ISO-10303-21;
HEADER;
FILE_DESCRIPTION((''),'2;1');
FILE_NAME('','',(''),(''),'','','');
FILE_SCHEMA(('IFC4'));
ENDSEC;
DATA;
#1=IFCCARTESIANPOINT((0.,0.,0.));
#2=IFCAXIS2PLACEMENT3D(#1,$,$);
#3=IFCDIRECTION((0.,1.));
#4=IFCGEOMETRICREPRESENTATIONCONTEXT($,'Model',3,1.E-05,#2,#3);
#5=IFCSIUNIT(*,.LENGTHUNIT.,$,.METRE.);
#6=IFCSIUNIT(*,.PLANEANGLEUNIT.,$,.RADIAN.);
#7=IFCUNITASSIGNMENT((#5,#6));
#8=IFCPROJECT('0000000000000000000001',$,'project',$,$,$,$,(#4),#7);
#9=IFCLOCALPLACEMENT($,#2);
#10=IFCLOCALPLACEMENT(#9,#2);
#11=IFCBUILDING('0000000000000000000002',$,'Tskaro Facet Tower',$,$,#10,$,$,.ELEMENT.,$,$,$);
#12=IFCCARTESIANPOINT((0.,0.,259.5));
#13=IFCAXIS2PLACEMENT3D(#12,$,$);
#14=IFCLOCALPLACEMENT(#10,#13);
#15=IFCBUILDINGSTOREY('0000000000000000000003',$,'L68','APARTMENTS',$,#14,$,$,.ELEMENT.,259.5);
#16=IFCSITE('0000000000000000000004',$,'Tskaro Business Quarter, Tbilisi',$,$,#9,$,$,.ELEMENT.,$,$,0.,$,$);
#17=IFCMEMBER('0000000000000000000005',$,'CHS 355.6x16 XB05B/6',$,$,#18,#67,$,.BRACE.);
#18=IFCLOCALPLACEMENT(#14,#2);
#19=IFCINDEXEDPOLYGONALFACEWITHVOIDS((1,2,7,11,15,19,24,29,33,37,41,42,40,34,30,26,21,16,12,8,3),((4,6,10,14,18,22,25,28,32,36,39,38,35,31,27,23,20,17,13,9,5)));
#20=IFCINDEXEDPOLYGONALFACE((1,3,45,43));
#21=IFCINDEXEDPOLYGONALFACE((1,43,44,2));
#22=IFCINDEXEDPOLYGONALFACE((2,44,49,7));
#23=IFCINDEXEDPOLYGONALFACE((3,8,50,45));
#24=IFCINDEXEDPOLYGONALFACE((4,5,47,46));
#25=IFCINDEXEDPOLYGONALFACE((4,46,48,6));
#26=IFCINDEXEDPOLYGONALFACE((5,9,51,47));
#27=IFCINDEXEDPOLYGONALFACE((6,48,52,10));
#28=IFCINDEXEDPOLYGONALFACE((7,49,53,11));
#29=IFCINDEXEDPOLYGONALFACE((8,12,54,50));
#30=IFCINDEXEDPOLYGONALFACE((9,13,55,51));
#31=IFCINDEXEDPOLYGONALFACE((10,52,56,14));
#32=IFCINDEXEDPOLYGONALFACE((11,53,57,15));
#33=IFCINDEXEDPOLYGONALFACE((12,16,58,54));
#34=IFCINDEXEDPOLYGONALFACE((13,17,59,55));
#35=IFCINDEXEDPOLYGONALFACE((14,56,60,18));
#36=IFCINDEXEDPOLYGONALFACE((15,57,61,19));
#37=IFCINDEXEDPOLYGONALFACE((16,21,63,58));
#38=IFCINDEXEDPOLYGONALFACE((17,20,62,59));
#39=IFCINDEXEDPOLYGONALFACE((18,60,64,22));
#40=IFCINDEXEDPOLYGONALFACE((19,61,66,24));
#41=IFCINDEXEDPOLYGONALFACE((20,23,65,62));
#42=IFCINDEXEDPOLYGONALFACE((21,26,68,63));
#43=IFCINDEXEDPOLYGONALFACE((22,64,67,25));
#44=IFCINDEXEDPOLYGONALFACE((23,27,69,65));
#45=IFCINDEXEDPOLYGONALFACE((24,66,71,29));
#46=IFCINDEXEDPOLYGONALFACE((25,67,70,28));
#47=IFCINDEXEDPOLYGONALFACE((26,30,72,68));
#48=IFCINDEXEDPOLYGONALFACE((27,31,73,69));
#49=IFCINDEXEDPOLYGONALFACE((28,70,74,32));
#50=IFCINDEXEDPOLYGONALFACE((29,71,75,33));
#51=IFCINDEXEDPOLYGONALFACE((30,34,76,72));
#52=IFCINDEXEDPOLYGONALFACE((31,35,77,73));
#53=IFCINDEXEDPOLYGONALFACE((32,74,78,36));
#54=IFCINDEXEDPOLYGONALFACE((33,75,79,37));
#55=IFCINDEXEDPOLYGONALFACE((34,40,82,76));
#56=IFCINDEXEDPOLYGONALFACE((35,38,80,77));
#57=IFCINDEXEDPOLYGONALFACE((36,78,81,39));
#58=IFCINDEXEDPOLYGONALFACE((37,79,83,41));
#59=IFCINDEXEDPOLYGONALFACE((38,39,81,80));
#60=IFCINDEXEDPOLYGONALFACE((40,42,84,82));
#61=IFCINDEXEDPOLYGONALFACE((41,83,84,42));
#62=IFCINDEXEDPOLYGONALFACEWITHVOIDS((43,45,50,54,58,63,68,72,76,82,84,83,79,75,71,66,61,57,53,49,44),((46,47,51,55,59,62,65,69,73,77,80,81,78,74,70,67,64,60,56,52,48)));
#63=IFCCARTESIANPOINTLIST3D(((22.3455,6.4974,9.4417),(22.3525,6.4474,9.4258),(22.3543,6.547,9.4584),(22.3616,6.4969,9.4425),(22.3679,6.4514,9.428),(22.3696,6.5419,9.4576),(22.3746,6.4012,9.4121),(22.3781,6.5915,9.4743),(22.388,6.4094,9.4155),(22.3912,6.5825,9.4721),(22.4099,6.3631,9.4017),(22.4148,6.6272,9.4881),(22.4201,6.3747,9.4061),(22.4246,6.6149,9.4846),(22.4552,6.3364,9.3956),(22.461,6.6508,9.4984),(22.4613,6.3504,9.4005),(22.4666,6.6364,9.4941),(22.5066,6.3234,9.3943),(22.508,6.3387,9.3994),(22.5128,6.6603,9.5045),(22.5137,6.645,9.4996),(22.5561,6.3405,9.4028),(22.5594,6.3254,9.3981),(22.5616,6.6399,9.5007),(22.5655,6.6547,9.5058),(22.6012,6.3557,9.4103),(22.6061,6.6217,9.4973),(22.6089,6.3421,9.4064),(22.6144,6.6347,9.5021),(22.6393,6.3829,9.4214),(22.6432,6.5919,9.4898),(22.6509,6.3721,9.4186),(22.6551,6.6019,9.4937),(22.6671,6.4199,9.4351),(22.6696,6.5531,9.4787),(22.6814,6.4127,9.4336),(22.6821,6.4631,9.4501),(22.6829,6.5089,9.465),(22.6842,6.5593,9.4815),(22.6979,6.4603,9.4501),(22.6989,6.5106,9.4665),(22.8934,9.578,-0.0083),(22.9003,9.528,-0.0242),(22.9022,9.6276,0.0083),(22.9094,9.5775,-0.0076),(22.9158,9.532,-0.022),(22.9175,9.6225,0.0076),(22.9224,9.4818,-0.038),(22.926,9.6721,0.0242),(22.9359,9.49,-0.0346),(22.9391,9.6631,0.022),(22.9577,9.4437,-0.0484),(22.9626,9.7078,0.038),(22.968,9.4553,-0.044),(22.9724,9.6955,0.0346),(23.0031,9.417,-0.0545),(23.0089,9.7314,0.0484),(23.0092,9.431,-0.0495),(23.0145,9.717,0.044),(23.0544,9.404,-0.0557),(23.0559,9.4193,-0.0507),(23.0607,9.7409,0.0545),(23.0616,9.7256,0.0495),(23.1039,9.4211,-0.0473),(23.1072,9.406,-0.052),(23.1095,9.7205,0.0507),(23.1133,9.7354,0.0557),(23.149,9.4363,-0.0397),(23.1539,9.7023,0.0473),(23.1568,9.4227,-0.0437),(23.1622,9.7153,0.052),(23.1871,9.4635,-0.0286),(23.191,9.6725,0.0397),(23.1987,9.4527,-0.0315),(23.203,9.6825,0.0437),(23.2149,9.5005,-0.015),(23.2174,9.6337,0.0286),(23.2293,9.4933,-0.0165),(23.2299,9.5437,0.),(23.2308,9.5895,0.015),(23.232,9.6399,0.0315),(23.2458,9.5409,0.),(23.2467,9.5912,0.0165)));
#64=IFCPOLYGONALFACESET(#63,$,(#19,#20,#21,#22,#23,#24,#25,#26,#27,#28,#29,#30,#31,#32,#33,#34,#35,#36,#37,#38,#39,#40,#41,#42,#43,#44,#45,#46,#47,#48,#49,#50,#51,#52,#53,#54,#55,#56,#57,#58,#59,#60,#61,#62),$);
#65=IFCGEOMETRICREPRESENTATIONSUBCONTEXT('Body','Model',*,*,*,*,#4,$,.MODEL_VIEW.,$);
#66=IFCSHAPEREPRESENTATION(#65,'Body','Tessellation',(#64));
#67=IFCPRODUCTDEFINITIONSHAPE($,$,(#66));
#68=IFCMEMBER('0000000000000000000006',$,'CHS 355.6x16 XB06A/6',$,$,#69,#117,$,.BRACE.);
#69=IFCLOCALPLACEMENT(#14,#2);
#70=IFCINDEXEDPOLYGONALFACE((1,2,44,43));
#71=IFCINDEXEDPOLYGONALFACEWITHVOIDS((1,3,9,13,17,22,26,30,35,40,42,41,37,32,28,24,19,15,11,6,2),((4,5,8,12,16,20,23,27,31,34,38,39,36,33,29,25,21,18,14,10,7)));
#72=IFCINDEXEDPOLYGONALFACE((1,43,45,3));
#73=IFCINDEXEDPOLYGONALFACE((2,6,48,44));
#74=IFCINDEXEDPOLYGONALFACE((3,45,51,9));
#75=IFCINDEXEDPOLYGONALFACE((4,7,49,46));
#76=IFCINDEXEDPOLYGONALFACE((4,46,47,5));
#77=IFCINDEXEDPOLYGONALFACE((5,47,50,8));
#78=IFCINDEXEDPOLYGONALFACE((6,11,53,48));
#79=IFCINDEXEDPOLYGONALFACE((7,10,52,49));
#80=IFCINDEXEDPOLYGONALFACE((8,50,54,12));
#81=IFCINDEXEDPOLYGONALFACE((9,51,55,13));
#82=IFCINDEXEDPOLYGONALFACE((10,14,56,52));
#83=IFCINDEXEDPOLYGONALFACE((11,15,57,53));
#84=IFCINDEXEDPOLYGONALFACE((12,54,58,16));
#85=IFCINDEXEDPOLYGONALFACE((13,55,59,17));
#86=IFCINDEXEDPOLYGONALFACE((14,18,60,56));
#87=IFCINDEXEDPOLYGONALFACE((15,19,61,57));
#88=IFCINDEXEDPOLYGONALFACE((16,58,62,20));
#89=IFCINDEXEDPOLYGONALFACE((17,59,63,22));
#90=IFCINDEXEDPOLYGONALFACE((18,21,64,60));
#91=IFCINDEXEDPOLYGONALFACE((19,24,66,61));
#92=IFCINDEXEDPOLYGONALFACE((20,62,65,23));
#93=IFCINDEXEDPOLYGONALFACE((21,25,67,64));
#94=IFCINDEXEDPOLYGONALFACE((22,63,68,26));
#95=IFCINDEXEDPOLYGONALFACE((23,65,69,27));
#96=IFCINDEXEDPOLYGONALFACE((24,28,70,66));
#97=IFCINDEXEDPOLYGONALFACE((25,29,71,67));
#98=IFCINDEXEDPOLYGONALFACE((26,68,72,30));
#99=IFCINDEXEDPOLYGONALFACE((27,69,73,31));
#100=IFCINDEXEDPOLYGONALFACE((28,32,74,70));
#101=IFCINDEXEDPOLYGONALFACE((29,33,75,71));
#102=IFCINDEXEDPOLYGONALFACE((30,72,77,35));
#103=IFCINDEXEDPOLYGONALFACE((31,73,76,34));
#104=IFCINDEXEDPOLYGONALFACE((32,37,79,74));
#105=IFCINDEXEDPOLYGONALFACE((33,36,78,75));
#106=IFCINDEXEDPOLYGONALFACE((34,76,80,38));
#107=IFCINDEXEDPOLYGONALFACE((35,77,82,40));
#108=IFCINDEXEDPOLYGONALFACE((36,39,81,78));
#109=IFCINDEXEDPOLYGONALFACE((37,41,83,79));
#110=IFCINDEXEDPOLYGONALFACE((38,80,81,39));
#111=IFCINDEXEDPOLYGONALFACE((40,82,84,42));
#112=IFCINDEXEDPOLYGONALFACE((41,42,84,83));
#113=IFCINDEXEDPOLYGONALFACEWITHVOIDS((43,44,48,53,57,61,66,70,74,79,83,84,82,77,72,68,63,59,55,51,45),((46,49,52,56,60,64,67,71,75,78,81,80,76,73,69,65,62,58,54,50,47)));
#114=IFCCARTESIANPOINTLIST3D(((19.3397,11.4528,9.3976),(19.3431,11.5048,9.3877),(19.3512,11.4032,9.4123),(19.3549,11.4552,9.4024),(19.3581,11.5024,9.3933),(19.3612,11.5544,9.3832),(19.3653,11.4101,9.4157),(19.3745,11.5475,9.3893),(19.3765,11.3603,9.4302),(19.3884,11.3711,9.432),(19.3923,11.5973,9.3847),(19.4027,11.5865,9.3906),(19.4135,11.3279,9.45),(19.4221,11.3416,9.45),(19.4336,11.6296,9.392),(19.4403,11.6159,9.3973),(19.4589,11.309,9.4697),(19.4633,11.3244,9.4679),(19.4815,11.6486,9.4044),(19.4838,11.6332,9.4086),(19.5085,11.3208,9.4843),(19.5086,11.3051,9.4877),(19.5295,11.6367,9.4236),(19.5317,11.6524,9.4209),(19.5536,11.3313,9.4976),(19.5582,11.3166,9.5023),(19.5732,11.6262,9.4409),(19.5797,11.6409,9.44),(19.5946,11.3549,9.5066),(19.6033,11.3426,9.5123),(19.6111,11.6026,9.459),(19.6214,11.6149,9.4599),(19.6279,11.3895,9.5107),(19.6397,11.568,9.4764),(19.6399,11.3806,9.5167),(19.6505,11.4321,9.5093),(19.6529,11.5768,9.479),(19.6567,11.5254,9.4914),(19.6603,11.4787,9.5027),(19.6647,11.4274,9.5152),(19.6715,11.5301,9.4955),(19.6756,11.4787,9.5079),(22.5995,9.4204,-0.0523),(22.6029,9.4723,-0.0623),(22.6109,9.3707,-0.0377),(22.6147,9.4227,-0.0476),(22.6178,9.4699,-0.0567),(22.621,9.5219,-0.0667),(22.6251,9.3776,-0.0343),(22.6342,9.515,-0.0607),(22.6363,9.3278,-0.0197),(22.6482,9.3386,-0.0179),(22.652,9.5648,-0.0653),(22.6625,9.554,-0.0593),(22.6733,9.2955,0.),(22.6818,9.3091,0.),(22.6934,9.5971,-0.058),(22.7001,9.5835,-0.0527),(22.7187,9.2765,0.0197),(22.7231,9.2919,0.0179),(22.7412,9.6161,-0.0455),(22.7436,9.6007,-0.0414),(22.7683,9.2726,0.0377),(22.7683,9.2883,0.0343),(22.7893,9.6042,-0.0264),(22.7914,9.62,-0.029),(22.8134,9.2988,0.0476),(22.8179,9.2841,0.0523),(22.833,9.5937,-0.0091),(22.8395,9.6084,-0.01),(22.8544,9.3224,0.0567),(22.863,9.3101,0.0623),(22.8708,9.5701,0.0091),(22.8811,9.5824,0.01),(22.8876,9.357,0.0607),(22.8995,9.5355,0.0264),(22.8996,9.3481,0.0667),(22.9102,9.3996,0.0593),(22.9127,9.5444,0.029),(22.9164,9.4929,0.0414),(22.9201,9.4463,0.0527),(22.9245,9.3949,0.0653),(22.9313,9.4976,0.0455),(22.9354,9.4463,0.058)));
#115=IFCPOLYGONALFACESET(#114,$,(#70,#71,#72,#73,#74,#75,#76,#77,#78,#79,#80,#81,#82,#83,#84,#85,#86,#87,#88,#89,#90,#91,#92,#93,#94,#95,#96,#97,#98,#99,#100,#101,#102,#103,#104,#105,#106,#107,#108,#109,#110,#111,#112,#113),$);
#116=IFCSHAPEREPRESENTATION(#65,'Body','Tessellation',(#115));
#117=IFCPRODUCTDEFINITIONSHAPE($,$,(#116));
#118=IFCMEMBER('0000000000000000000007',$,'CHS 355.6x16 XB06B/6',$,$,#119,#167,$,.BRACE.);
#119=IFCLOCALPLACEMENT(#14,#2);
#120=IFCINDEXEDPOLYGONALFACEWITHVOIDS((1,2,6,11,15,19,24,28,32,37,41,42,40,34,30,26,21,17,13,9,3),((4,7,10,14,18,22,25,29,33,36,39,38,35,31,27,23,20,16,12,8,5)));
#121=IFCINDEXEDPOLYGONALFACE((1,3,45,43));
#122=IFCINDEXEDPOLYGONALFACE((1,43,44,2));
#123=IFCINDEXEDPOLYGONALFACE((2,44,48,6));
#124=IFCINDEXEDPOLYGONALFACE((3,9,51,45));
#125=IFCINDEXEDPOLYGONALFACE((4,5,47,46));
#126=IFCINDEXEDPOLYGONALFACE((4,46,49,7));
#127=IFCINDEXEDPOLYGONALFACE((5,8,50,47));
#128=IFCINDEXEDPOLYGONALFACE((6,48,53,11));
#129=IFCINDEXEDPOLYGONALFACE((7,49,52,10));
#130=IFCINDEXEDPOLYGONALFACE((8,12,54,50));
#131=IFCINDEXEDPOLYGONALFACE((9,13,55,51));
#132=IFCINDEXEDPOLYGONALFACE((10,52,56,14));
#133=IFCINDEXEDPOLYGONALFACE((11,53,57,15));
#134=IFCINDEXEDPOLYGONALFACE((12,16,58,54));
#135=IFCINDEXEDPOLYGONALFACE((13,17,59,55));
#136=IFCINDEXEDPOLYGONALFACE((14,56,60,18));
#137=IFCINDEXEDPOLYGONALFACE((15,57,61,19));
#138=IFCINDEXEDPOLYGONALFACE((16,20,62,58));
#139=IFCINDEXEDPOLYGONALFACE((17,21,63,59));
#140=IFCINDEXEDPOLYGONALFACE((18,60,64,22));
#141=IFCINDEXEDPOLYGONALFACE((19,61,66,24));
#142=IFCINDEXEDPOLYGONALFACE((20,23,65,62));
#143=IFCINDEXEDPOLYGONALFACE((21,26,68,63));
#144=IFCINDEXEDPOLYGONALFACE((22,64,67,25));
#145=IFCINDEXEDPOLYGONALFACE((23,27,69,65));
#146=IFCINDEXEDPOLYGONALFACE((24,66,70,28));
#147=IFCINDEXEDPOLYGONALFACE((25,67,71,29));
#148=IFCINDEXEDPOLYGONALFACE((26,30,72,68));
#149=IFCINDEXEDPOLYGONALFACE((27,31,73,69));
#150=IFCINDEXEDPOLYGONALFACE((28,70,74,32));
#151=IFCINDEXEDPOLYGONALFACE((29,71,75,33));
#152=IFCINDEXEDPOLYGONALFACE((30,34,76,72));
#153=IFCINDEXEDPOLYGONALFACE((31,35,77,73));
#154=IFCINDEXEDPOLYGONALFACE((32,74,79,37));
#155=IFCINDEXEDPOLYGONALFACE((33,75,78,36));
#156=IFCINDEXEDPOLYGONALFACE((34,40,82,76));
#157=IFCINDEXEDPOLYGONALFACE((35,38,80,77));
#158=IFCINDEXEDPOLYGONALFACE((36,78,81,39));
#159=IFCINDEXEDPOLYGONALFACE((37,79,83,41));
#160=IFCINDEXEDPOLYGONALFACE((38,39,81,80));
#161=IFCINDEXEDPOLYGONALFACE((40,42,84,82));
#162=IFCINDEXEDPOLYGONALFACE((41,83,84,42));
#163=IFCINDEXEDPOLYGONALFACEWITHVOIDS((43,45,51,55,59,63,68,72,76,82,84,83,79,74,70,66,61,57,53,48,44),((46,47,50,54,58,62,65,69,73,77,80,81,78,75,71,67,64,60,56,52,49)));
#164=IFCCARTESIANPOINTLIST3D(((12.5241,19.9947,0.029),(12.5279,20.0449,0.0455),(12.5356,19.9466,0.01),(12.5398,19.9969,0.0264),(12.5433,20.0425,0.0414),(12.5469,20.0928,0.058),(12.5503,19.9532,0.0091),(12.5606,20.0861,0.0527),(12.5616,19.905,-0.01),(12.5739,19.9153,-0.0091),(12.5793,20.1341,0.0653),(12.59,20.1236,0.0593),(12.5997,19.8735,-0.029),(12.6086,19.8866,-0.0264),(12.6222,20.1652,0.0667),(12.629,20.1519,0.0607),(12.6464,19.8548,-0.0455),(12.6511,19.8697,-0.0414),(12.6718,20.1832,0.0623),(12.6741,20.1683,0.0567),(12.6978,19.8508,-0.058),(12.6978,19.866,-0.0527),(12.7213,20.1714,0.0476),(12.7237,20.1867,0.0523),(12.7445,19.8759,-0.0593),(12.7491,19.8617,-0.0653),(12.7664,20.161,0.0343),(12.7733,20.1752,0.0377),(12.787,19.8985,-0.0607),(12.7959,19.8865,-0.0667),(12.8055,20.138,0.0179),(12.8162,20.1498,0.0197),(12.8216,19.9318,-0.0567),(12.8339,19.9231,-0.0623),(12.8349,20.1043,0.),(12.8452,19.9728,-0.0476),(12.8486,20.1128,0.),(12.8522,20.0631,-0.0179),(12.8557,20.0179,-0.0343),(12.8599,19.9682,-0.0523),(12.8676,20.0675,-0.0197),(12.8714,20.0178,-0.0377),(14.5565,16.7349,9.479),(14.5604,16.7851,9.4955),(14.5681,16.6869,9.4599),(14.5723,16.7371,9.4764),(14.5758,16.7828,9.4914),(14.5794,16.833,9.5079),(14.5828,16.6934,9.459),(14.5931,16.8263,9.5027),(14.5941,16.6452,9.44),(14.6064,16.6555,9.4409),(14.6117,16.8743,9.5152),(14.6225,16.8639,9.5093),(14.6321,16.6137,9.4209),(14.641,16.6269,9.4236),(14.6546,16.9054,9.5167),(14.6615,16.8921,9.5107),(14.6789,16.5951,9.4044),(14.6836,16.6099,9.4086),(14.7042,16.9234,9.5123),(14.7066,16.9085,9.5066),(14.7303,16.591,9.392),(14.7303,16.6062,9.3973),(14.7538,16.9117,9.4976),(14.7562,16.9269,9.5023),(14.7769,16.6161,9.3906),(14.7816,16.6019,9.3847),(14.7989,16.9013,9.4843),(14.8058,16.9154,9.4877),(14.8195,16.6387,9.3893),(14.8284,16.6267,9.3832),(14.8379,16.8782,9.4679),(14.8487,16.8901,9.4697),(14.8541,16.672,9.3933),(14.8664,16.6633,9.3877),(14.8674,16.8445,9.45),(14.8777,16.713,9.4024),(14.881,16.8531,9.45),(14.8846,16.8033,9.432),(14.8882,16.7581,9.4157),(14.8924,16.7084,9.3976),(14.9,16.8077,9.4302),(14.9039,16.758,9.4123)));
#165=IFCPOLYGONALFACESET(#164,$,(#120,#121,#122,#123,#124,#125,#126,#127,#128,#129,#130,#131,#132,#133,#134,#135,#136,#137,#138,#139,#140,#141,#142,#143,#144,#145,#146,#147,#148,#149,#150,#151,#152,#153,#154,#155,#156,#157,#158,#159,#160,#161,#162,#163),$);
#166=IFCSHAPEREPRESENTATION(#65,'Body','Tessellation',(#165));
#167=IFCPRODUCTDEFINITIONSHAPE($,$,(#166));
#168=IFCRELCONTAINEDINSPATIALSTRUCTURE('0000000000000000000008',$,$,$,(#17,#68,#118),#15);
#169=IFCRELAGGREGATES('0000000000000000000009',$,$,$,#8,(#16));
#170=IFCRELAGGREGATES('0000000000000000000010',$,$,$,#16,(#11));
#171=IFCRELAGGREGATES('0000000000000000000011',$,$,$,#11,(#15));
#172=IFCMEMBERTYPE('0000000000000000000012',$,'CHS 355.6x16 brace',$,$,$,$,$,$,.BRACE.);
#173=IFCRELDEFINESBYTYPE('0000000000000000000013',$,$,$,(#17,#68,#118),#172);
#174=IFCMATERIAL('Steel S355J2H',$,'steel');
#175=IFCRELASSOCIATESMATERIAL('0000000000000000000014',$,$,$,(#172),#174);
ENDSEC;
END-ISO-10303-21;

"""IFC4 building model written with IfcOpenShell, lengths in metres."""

from ifc_helpers import new_model, si_unit, direction, frame, origin, origin_2d, place, context, subcontext, project, spatial, hollow_circle, extrude, material, material_profile, profile_set, type_object, element, save


model = new_model("IFC4")

# Units and contexts
model_context = context("Model", 3, precision=1e-05, world=origin(), true_north=direction((0.0, 1.0)))
body_context = subcontext(model_context, "Body", "Model", "MODEL_VIEW")
ifc_project = project(units=[si_unit("LENGTHUNIT", "METRE"), si_unit("PLANEANGLEUNIT", "RADIAN")], contexts=[model_context])

# Site, building, storey
site_placement = place(None, origin())
site = spatial("IfcSite", under=ifc_project, at=site_placement, Name="Tskaro Business Quarter, Tbilisi", CompositionType="ELEMENT", RefElevation=0.0)
building_placement = place(site_placement, origin())
building = spatial("IfcBuilding", under=site, at=building_placement, Name="Tskaro Facet Tower", CompositionType="ELEMENT")
storey_placement = place(building_placement, frame((0.0, 0.0, 259.5)))
storey = spatial("IfcBuildingStorey", under=building, at=storey_placement, Name="L68", Description="APARTMENTS", CompositionType="ELEMENT", Elevation=259.5)

# Shared definitions
ifc_material_1 = material(Name="Steel S355J2H", Category="steel")

# Members
ifc_material_profile_1 = material_profile(ifc_material_1, hollow_circle(Radius=0.1777, WallThickness=0.0161, at=origin_2d()), Name="CHS 355.6x16")
ifc_profile_set_1 = profile_set([ifc_material_profile_1], Name="Steel S355J2H")
member_type_1 = type_object("IfcMemberType", Name="CHS 355.6x16 brace", PredefinedType="BRACE", material=ifc_profile_set_1)
member_1_placement = place(storey_placement, frame((23.0708, 9.572, 0.0), z_axis=(-0.055036, -0.309465, 0.949317), x_axis=(0.984552, -0.175094, 0.0)))
element("IfcMember", 1, at=member_1_placement, inside=storey, type_object=member_type_1, Name="CHS 355.6x16 XB05B/6", PredefinedType="BRACE", context=body_context, shape_type="SweptSolid", body=[
    extrude(hollow_circle(Radius=0.1777, WallThickness=0.0161, at=origin_2d()), origin(), (0.0, 0.0, 1.0), 9.9546),
])
for number, where, z_axis, x_axis, name in (
    (2, (22.7673, 9.4463, 0.0), (-0.319556, 0.199244, 0.926383), (-0.529085, -0.848569, 0.0), "CHS 355.6x16 XB06A/6"),
    (3, (12.6978, 20.0188, 0.0), (0.199244, -0.319556, 0.926383), (0.848569, 0.529085, 0.0), "CHS 355.6x16 XB06B/6"),
):
    element("IfcMember", number, at=place(storey_placement, frame(where, z_axis=z_axis, x_axis=x_axis)), inside=storey, type_object=member_type_1, Name=name, PredefinedType="BRACE", context=body_context, shape_type="SweptSolid", body=[
        extrude(hollow_circle(Radius=0.1777, WallThickness=0.0161, at=origin_2d()), origin(), (0.0, 0.0, 1.0), 10.2009),
    ])

save(model, "model.ifc")
